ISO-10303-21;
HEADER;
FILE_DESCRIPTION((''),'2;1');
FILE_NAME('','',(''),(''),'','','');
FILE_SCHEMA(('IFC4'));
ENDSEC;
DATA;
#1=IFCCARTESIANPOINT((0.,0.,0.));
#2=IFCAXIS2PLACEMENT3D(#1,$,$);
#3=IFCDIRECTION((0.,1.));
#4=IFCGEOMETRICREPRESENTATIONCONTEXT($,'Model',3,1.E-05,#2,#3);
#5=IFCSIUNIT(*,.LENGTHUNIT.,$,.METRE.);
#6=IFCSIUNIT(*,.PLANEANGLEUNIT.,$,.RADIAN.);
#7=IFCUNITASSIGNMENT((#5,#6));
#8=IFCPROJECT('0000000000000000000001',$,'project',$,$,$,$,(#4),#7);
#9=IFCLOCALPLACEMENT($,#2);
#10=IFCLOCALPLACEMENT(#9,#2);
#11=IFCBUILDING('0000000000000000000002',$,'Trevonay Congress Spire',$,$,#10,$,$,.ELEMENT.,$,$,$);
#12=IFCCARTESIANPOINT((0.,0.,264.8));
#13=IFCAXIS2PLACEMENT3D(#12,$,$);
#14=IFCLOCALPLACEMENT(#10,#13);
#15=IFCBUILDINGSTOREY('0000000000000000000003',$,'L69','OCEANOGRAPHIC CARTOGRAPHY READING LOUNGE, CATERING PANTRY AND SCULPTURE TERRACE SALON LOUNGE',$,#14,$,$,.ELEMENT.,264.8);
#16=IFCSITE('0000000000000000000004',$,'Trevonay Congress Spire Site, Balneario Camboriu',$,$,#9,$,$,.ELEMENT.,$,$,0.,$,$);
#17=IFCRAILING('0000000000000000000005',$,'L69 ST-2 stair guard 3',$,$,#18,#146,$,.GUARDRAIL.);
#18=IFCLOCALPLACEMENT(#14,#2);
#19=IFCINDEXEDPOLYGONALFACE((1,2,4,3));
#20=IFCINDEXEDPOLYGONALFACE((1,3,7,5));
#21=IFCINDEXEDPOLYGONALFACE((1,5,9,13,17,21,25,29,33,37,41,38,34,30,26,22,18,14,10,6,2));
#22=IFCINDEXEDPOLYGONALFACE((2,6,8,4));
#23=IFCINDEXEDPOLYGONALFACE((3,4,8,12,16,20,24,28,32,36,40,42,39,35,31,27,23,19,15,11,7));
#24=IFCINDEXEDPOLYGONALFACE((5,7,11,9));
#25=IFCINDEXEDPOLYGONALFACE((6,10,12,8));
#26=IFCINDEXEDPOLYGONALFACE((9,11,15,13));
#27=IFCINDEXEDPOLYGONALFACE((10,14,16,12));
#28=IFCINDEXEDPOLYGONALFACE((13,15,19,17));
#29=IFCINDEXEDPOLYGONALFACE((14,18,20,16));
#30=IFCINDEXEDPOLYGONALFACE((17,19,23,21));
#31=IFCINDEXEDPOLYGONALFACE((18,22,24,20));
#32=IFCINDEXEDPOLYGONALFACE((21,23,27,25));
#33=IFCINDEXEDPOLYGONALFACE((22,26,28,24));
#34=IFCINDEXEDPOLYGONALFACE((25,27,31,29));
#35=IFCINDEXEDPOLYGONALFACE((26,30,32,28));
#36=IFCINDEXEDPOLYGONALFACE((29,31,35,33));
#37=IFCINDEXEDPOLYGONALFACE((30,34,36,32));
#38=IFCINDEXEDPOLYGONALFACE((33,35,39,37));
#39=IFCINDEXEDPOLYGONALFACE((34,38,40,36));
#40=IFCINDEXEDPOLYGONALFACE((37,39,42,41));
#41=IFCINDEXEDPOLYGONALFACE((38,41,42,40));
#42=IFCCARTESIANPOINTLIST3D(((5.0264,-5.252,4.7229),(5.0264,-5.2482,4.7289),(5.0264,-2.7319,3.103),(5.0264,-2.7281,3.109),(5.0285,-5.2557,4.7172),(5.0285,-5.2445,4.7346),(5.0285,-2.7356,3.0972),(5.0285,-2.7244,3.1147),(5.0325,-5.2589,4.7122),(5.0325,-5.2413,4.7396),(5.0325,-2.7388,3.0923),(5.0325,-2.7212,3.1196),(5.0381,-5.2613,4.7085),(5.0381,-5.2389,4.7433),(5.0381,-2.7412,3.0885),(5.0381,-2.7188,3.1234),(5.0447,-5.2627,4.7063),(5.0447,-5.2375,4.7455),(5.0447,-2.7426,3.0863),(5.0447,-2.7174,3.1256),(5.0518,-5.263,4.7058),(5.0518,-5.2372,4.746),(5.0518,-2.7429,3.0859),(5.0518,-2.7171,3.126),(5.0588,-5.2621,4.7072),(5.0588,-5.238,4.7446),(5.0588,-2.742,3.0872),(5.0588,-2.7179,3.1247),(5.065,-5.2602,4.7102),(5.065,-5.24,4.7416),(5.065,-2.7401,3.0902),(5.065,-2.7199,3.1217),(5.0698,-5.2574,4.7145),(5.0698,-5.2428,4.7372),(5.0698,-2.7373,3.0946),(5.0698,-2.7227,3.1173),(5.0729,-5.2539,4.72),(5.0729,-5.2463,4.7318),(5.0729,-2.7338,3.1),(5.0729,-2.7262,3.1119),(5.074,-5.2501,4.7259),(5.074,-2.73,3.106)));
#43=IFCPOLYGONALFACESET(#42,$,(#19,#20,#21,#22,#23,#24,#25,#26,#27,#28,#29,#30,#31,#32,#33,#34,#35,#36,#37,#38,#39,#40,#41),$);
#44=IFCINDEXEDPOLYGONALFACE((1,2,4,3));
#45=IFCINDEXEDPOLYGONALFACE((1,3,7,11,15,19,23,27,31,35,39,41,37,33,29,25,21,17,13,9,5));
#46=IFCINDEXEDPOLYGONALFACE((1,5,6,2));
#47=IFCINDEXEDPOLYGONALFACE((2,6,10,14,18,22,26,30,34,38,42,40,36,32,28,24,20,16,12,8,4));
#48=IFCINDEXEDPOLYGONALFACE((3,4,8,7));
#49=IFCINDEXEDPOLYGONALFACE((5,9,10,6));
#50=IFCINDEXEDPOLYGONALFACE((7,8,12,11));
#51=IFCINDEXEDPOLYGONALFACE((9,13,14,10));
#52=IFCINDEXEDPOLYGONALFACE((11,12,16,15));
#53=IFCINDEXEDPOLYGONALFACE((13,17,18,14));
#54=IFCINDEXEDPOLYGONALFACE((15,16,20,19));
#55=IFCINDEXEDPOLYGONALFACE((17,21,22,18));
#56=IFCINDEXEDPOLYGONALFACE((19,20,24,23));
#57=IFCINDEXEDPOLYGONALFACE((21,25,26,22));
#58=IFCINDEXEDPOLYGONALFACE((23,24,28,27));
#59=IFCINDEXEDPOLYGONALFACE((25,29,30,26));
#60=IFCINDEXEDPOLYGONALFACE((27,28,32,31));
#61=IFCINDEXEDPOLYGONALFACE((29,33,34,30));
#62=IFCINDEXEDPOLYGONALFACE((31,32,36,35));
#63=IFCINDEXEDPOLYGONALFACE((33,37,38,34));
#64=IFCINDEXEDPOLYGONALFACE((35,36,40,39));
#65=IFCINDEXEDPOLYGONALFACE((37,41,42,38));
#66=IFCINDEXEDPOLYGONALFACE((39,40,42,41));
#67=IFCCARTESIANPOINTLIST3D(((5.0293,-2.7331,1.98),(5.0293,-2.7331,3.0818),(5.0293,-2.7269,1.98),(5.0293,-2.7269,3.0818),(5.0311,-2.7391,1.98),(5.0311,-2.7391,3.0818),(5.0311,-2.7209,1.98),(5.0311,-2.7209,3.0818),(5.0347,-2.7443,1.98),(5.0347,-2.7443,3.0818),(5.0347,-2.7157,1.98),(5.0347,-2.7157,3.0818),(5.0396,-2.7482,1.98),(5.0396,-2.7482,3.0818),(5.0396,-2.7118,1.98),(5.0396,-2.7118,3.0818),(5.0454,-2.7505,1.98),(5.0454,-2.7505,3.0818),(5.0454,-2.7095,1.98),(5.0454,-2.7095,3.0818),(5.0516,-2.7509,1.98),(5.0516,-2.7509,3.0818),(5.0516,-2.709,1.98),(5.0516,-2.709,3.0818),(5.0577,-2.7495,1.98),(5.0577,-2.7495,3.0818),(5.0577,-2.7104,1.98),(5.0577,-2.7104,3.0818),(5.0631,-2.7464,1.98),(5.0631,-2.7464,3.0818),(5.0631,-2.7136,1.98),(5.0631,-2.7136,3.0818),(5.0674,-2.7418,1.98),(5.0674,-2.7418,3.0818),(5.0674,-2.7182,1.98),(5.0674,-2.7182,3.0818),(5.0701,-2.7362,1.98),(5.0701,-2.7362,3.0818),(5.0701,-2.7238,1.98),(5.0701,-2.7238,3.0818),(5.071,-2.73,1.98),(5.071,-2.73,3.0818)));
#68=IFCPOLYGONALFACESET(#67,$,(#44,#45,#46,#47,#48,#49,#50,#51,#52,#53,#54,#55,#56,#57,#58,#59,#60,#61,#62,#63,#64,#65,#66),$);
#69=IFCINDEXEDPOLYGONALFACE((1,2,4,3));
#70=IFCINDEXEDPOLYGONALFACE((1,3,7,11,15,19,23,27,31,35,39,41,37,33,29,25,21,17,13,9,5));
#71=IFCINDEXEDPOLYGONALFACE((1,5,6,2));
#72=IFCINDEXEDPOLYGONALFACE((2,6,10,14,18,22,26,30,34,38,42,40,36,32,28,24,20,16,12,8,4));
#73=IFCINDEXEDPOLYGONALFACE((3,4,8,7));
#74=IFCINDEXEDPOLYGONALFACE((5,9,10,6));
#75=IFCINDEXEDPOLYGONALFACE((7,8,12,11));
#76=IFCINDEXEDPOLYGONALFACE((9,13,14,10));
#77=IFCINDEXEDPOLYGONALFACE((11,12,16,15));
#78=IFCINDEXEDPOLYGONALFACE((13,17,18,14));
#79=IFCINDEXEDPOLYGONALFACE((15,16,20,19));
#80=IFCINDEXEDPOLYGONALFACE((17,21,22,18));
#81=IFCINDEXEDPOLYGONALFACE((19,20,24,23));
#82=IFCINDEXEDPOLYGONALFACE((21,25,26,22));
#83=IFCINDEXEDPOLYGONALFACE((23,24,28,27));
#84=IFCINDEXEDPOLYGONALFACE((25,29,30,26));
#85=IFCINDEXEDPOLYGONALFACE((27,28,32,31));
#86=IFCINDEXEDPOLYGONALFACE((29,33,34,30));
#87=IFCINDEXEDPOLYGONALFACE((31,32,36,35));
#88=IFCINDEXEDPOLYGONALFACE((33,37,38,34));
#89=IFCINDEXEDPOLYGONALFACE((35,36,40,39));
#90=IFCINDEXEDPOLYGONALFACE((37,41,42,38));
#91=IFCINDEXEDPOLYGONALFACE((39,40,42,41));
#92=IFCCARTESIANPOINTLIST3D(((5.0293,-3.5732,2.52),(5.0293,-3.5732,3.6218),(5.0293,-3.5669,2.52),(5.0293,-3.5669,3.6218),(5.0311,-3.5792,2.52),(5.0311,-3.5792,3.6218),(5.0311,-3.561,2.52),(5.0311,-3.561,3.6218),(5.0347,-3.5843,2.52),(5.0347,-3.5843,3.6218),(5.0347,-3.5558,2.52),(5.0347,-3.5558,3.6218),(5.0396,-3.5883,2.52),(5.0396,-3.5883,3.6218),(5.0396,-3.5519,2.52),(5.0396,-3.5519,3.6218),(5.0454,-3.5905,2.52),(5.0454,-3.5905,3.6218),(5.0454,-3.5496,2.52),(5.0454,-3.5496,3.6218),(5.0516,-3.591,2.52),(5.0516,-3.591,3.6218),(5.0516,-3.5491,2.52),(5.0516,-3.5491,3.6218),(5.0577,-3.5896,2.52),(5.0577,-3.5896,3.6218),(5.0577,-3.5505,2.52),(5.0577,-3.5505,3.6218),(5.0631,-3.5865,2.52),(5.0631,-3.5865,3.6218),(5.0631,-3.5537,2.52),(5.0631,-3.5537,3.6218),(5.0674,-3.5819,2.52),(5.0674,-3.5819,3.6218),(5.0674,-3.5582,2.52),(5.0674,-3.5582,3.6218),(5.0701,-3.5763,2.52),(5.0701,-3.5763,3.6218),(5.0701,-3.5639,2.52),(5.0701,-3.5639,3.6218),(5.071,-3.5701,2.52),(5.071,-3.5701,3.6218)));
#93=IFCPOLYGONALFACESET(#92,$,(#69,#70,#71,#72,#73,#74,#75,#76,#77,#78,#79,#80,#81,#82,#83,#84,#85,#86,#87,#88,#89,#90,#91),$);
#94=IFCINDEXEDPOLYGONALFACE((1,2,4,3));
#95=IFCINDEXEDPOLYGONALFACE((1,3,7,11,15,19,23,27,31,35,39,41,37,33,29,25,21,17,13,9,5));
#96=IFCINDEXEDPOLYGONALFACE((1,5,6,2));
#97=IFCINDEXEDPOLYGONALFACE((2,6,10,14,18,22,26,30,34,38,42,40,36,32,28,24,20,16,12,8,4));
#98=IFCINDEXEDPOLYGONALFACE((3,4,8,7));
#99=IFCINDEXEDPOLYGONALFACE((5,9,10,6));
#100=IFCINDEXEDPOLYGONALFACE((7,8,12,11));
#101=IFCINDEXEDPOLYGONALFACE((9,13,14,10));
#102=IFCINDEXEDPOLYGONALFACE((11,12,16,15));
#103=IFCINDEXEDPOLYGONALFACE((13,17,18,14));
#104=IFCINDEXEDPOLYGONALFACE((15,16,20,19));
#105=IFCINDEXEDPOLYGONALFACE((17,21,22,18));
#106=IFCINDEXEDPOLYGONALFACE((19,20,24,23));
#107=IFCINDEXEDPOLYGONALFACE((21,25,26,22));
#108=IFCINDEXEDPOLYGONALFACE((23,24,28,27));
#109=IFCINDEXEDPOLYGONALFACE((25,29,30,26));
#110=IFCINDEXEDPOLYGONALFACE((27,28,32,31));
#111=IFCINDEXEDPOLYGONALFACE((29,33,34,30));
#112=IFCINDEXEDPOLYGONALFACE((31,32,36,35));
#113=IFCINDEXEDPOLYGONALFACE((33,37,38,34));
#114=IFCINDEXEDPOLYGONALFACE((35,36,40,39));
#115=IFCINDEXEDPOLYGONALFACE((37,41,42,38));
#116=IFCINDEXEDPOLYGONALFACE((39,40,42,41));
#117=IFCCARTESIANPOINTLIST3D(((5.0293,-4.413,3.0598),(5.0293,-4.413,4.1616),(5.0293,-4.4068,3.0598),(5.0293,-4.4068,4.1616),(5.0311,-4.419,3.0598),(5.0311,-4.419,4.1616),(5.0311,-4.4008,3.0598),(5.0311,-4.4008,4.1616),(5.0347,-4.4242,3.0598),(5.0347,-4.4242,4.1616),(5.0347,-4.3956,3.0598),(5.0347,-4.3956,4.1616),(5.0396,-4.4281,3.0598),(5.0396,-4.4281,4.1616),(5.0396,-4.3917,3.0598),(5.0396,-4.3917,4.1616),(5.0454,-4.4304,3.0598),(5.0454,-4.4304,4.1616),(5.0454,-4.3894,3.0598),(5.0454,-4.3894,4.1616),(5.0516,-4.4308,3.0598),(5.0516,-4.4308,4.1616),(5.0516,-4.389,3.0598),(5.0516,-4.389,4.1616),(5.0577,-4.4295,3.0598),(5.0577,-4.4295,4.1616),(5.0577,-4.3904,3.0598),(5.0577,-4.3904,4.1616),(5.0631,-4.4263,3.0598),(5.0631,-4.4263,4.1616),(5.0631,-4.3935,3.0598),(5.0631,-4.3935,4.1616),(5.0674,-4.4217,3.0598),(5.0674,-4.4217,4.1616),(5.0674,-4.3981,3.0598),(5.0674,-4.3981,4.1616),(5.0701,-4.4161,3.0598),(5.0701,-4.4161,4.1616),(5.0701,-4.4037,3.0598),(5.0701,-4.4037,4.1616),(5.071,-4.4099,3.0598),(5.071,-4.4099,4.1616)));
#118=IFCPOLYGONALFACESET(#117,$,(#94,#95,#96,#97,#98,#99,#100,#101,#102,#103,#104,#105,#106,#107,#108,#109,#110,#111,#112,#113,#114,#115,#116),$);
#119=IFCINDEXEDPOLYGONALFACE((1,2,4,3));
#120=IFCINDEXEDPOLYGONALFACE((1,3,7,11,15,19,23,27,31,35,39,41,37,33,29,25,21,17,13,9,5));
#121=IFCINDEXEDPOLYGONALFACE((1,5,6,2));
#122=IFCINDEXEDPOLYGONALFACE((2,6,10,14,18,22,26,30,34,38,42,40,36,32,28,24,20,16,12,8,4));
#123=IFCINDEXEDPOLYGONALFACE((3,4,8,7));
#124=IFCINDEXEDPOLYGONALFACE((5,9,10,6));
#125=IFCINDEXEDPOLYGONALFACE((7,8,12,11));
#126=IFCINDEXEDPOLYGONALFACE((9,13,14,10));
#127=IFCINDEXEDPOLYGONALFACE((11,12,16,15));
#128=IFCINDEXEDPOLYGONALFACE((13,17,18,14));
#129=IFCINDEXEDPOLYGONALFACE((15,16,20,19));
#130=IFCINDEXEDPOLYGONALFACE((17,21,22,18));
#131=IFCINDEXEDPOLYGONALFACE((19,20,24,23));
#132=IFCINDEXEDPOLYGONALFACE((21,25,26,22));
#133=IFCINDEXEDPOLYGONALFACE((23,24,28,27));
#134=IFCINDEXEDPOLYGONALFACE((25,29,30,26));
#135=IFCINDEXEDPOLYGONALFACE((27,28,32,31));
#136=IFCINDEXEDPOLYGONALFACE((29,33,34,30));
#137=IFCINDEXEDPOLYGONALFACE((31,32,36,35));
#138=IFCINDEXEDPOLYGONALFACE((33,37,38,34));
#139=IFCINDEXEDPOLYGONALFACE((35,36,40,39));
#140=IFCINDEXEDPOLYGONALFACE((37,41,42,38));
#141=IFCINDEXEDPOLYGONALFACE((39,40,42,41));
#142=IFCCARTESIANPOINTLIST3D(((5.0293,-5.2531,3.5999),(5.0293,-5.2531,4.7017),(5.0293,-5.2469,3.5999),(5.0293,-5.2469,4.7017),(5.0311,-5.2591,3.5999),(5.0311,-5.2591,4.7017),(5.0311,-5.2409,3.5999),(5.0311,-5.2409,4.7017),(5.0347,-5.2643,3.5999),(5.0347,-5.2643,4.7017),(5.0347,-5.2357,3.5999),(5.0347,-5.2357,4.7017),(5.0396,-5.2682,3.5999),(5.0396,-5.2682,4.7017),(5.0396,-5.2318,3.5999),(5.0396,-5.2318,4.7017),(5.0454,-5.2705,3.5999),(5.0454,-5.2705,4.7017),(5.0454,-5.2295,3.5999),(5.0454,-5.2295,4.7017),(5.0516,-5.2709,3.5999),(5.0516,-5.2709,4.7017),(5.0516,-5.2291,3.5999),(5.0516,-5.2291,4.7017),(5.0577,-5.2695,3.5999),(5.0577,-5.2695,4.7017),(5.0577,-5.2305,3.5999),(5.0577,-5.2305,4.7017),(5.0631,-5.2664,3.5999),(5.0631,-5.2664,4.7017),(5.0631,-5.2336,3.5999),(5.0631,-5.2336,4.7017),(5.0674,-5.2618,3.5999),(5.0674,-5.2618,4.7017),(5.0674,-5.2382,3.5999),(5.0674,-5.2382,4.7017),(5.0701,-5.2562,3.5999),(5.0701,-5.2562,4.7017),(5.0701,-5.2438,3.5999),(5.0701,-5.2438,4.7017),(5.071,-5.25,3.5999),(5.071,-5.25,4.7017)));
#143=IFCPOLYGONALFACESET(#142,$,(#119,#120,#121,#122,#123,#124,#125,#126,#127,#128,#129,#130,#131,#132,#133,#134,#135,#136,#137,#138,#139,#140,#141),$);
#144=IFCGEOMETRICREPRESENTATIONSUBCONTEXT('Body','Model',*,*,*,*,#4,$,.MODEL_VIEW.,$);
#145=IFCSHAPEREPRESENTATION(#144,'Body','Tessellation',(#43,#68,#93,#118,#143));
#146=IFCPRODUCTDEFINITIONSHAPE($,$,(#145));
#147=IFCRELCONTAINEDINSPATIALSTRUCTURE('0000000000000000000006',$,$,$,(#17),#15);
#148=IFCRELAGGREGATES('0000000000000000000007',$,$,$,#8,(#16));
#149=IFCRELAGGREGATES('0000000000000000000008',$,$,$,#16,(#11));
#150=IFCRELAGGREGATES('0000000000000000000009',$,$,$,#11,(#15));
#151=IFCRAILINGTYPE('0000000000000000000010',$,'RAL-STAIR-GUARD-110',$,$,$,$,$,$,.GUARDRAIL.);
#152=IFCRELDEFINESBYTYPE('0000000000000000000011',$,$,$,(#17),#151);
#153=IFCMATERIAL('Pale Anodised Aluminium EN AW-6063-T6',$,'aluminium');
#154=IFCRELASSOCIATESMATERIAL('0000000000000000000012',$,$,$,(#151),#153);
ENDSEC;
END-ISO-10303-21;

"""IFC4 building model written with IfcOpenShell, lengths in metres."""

from ifc_helpers import new_model, si_unit, direction, frame, origin, origin_2d, place, context, subcontext, project, spatial, circle, extrude, material, type_object, element, save


model = new_model("IFC4")

# Units and contexts
model_context = context("Model", 3, precision=1e-05, world=origin(), true_north=direction((0.0, 1.0)))
body_context = subcontext(model_context, "Body", "Model", "MODEL_VIEW")
ifc_project = project(units=[si_unit("LENGTHUNIT", "METRE"), si_unit("PLANEANGLEUNIT", "RADIAN")], contexts=[model_context])

# Site, building, storey
site_placement = place(None, origin())
site = spatial("IfcSite", under=ifc_project, at=site_placement, Name="Trevonay Congress Spire Site, Balneario Camboriu", CompositionType="ELEMENT", RefElevation=0.0)
building_placement = place(site_placement, origin())
building = spatial("IfcBuilding", under=site, at=building_placement, Name="Trevonay Congress Spire", CompositionType="ELEMENT")
storey_placement = place(building_placement, frame((0.0, 0.0, 264.8)))
storey = spatial("IfcBuildingStorey", under=building, at=storey_placement, Name="L69", Description="OCEANOGRAPHIC CARTOGRAPHY READING LOUNGE, CATERING PANTRY AND SCULPTURE TERRACE SALON LOUNGE", CompositionType="ELEMENT", Elevation=264.8)

# Railing
ifc_material_1 = material(Name="Pale Anodised Aluminium EN AW-6063-T6", Category="aluminium")
railing_type_1 = type_object("IfcRailingType", Name="RAL-STAIR-GUARD-110", PredefinedType="GUARDRAIL", material=ifc_material_1)
railing_1_placement = place(storey_placement, frame((5.05, -2.73, 1.98)))
element("IfcRailing", 1, at=railing_1_placement, inside=storey, type_object=railing_type_1, Name="L69 ST-2 stair guard 3", PredefinedType="GUARDRAIL", context=body_context, shape_type="SweptSolid", body=[
    extrude(circle(Radius=0.0239, at=origin_2d()), frame((0.0, 0.0, 1.126), z_axis=(0.0, -0.8412, 0.540725), x_axis=(1.0, 0.0, 0.0)), (0.0, 0.0, 1.0), 2.9958),
    extrude(circle(Radius=0.021, at=origin_2d()), origin(), (0.0, 0.0, 1.0), 1.1018),
    extrude(circle(Radius=0.021, at=origin_2d()), frame((0.0, -0.8401, 0.54)), (0.0, 0.0, 1.0), 1.1018),
    extrude(circle(Radius=0.021, at=origin_2d()), frame((0.0, -1.6799, 1.0798)), (0.0, 0.0, 1.0), 1.1018),
    extrude(circle(Radius=0.021, at=origin_2d()), frame((0.0, -2.52, 1.6199)), (0.0, 0.0, 1.0), 1.1018),
])

save(model, "model.ifc")
